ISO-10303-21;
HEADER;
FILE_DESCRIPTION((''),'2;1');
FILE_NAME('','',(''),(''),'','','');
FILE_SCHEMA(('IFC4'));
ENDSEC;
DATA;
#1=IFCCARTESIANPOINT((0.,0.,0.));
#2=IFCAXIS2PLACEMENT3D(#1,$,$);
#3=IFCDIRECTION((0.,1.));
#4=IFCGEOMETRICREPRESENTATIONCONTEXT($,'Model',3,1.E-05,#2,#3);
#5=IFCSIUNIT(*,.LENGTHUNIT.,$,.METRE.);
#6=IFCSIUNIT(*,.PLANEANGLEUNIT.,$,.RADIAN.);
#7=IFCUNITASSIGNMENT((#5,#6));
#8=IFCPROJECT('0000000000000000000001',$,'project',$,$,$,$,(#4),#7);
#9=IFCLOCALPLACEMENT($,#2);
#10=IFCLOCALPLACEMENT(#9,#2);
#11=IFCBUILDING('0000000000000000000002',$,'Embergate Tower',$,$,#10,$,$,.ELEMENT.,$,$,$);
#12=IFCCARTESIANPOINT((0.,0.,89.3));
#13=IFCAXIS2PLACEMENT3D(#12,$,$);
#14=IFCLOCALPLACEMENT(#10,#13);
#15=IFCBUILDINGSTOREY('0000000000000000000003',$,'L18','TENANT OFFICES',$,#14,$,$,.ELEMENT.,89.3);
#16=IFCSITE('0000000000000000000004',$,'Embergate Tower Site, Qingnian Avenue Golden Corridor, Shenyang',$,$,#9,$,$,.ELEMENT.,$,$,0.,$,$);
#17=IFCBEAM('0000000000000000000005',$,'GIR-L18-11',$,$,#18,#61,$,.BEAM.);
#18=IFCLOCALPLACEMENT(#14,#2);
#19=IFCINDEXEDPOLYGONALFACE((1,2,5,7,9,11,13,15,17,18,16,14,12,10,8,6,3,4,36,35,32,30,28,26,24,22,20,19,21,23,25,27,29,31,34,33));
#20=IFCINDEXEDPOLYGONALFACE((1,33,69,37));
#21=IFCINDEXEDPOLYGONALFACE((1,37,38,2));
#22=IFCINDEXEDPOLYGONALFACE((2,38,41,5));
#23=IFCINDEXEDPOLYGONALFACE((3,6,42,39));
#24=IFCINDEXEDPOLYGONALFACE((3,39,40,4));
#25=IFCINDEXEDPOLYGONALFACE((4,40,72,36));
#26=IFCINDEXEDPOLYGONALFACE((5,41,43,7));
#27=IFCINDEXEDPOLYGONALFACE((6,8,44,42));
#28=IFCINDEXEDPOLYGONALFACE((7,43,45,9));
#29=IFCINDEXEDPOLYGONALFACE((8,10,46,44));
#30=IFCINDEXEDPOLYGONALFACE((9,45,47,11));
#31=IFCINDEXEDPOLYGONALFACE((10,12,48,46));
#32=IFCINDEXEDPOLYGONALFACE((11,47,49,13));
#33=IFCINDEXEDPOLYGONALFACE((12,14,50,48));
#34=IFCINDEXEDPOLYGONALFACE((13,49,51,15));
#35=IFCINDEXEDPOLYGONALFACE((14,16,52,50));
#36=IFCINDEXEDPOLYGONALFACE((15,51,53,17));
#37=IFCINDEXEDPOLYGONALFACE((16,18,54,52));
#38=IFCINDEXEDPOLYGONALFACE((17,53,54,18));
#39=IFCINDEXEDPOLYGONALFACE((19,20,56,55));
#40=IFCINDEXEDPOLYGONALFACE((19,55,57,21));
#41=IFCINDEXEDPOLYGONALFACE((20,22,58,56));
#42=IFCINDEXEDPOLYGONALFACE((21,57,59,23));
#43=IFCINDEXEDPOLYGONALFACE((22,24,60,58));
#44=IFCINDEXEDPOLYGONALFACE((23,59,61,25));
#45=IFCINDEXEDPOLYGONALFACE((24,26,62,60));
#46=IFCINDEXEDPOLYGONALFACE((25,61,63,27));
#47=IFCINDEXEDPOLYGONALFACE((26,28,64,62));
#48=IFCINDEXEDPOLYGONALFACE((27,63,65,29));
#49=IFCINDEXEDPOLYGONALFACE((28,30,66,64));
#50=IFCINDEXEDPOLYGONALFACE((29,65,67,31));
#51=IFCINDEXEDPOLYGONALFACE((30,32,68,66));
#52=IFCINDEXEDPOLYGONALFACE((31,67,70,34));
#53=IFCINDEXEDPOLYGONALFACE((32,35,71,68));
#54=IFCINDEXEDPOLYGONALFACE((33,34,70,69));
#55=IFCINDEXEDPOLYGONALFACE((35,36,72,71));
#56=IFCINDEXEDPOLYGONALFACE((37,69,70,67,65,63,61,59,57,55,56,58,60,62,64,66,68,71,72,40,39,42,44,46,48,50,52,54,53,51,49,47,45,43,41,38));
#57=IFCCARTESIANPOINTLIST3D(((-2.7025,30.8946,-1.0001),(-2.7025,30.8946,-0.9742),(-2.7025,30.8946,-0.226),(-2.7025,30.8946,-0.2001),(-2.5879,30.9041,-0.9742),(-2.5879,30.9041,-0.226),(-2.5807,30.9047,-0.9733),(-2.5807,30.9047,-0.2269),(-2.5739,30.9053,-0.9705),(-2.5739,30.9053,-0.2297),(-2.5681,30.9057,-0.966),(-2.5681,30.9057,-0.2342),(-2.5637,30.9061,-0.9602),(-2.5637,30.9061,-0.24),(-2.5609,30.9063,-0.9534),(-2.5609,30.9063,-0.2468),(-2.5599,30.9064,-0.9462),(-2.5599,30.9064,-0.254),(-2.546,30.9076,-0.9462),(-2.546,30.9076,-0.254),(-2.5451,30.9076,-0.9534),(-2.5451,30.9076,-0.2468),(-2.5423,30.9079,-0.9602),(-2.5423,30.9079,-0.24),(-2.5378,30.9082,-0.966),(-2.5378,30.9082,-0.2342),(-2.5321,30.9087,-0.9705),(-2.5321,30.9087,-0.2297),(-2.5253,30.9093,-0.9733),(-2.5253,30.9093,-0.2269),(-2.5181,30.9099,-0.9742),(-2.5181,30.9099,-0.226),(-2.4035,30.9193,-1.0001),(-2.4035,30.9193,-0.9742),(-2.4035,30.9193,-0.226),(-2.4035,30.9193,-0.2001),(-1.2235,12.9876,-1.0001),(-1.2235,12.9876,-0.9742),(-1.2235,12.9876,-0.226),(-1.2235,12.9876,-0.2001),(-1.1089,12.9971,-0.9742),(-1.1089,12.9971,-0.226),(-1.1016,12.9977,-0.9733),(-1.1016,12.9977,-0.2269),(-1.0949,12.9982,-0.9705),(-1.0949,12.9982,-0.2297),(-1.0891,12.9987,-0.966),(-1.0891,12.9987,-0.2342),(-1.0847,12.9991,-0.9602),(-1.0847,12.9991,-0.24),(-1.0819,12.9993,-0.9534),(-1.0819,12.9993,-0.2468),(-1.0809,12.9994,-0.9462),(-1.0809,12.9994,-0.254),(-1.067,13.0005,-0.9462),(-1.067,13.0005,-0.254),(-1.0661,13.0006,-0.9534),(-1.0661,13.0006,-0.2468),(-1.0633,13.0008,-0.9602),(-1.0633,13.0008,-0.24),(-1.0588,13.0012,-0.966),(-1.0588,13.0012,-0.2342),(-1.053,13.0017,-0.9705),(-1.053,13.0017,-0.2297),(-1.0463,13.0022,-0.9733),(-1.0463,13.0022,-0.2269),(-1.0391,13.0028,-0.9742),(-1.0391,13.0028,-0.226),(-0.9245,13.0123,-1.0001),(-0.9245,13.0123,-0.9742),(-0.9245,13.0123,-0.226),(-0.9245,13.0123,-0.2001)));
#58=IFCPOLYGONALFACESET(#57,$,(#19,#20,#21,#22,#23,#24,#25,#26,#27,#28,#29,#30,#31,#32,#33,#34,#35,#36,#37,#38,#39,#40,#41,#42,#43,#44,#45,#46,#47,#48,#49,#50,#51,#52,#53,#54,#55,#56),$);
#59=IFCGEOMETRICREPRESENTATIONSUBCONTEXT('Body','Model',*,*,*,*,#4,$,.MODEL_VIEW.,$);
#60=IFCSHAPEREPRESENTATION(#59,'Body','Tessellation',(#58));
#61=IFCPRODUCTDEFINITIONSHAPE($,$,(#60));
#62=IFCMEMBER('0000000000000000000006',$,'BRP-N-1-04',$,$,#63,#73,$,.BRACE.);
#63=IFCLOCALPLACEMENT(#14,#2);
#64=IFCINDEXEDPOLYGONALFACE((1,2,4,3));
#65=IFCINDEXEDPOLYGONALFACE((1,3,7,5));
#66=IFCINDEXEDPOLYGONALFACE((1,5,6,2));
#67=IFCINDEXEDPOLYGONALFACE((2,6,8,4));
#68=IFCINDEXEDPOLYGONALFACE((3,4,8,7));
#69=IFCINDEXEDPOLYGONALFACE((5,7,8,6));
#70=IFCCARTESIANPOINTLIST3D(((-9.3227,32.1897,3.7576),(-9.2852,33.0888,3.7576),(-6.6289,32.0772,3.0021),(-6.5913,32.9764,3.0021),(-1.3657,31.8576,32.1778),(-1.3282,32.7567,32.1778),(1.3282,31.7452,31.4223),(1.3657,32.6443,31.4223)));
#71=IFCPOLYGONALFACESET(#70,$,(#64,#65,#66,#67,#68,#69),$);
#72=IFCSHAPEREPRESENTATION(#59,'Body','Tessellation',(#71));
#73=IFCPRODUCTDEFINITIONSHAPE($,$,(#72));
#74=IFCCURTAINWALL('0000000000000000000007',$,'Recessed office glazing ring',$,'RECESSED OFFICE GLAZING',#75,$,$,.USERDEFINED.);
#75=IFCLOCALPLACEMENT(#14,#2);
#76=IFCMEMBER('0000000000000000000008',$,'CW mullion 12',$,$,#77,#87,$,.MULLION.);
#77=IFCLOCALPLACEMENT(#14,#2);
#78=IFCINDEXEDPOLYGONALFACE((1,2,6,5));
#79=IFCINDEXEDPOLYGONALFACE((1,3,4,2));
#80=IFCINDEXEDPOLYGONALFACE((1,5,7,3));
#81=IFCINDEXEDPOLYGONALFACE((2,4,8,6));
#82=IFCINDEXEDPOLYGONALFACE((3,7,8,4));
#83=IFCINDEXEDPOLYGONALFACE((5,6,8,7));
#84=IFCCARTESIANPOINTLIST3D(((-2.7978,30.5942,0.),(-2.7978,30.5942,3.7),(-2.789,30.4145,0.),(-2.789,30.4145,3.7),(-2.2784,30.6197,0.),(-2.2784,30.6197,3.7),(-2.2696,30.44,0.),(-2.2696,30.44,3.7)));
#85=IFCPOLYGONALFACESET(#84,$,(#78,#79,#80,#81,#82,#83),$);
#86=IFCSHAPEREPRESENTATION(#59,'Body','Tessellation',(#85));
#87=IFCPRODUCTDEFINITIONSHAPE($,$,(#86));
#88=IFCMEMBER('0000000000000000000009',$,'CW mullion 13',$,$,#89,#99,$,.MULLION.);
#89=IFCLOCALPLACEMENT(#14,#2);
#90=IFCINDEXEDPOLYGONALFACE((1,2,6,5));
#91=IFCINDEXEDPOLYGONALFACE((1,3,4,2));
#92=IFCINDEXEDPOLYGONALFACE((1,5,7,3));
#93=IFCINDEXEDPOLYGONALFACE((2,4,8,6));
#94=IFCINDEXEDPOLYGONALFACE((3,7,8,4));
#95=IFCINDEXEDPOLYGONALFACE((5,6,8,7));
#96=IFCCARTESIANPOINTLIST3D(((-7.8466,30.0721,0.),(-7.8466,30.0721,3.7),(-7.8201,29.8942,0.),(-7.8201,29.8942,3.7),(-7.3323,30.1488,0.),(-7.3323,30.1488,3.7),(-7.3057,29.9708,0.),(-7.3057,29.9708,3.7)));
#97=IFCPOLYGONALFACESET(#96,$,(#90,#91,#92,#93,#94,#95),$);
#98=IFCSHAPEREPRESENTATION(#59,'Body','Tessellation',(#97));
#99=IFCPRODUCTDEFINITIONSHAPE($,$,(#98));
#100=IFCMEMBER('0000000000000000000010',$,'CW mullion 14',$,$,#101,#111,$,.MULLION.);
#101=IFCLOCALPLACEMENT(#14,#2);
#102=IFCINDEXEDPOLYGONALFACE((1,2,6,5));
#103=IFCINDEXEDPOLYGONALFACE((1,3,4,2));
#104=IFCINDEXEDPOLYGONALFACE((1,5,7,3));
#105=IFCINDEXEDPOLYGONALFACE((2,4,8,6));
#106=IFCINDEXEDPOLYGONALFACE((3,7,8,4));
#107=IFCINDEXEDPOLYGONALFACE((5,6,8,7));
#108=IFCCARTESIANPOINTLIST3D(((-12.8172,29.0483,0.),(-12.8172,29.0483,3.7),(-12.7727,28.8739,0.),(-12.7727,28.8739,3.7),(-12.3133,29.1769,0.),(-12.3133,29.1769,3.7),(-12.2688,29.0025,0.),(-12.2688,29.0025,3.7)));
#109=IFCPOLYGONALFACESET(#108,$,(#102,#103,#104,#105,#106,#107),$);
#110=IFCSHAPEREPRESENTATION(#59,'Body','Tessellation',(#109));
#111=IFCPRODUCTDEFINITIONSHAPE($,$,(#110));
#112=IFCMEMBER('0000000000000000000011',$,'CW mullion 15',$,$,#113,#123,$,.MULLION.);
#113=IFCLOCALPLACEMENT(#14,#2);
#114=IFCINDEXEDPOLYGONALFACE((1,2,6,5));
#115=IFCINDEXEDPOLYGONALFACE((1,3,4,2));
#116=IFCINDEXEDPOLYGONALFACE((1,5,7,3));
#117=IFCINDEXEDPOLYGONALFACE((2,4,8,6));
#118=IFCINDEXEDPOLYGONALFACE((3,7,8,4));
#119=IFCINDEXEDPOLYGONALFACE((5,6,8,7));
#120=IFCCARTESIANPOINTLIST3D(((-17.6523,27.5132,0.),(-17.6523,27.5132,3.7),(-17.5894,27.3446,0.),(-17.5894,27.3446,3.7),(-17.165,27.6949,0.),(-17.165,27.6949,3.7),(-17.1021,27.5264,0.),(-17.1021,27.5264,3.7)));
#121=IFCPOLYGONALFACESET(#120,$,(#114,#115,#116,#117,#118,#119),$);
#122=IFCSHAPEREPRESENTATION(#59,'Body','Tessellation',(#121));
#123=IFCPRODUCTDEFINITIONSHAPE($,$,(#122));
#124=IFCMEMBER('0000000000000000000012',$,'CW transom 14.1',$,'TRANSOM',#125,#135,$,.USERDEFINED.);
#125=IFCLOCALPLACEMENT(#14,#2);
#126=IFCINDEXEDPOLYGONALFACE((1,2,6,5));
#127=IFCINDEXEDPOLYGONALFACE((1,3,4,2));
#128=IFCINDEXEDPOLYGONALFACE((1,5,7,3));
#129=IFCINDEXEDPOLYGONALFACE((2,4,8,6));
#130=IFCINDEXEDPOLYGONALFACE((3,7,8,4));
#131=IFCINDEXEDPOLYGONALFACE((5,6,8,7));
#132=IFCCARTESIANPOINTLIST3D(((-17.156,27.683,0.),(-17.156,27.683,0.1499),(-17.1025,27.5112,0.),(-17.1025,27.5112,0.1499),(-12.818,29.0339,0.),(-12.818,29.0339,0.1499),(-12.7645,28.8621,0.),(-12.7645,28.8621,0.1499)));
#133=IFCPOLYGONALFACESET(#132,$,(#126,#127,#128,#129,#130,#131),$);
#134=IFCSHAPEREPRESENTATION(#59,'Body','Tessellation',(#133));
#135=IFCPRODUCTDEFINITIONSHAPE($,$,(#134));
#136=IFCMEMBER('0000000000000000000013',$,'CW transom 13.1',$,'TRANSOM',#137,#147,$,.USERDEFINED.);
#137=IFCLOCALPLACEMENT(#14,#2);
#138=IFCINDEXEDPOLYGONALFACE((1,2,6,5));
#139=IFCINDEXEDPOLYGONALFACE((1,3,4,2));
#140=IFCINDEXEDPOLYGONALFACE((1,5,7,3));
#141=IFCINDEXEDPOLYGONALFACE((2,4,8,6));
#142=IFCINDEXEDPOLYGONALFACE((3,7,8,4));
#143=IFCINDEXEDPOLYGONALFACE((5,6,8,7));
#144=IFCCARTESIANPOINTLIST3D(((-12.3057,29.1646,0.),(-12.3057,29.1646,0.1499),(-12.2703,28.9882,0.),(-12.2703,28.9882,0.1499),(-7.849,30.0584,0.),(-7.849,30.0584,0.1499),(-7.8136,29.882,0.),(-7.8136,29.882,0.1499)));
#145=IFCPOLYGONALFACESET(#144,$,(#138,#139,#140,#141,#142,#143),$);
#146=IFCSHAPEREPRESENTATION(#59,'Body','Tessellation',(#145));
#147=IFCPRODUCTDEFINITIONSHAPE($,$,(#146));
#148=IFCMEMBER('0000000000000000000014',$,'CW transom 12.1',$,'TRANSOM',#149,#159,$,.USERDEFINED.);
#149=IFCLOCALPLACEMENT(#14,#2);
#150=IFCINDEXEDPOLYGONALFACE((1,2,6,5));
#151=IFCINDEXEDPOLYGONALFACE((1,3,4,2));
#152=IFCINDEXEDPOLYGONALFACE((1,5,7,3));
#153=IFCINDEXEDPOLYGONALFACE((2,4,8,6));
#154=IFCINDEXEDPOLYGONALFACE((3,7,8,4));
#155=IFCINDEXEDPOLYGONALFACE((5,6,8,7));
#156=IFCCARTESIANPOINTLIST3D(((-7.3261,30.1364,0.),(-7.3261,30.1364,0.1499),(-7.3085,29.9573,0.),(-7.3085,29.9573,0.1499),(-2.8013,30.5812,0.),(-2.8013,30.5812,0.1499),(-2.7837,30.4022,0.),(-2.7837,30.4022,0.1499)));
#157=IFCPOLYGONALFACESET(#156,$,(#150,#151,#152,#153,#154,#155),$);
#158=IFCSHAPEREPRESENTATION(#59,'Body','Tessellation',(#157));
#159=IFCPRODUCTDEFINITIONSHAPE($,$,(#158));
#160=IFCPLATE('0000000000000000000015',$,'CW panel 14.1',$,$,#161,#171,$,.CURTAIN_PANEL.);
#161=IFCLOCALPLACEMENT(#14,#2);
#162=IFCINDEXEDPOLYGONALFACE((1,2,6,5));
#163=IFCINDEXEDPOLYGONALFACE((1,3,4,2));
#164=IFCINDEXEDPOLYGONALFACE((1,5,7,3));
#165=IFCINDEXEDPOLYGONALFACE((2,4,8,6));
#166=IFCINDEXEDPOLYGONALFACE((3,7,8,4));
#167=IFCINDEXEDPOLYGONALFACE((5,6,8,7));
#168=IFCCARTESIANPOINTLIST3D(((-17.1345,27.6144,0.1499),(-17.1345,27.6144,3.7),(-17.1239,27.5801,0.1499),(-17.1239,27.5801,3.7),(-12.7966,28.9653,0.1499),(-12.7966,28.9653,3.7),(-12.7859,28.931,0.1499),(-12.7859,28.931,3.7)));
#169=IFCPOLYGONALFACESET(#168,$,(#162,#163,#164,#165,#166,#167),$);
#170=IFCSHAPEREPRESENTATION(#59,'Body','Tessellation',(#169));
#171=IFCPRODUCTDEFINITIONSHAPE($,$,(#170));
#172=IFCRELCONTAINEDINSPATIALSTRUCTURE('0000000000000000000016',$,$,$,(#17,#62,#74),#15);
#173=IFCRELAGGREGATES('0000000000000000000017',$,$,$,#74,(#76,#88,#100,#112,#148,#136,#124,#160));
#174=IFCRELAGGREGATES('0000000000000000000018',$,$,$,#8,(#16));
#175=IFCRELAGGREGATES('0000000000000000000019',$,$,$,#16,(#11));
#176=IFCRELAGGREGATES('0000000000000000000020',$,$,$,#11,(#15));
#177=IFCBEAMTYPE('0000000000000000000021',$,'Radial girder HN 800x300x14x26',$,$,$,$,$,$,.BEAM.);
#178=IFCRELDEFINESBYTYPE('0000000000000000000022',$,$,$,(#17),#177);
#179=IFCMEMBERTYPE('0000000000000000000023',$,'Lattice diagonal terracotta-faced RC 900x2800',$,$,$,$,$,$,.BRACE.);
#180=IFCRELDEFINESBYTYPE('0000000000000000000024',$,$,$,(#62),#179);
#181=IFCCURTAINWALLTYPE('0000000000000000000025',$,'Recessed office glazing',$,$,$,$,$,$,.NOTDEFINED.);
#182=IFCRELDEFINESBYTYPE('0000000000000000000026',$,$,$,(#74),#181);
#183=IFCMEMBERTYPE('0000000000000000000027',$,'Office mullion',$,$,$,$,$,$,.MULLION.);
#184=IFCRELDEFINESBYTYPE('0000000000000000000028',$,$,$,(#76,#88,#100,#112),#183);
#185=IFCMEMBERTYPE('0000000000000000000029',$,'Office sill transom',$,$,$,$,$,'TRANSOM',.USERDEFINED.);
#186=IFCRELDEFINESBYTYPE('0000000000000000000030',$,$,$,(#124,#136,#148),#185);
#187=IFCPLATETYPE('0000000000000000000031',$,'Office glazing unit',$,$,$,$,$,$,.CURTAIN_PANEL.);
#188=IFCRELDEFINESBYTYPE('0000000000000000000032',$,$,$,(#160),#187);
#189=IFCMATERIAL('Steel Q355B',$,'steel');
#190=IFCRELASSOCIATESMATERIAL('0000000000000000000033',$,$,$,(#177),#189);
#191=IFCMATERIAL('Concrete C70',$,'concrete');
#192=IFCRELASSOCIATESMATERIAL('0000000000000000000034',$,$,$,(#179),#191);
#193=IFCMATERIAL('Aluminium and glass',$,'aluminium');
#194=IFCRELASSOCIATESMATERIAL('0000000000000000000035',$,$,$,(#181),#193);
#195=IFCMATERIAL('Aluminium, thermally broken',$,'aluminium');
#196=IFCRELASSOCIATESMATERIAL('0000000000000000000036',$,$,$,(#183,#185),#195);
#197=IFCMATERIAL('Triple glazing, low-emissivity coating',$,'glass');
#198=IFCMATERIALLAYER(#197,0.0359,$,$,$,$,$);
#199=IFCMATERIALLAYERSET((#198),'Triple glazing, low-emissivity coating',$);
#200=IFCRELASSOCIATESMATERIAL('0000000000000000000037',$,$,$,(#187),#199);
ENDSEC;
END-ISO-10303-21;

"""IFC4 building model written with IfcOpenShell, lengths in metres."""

from ifc_helpers import new_model, si_unit, direction, frame, origin, origin_2d, place, context, subcontext, project, spatial, rectangle, i_section, extrude, source, transform, mapped, material, layer, layer_set, material_profile, profile_set, type_object, element, aggregate, save


model = new_model("IFC4")

# Units and contexts
model_context = context("Model", 3, precision=1e-05, world=origin(), true_north=direction((0.0, 1.0)))
body_context = subcontext(model_context, "Body", "Model", "MODEL_VIEW")
ifc_project = project(units=[si_unit("LENGTHUNIT", "METRE"), si_unit("PLANEANGLEUNIT", "RADIAN")], contexts=[model_context])

# Site, building, storey
site_placement = place(None, origin())
site = spatial("IfcSite", under=ifc_project, at=site_placement, Name="Embergate Tower Site, Qingnian Avenue Golden Corridor, Shenyang", CompositionType="ELEMENT", RefElevation=0.0)
building_placement = place(site_placement, origin())
building = spatial("IfcBuilding", under=site, at=building_placement, Name="Embergate Tower", CompositionType="ELEMENT")
storey_placement = place(building_placement, frame((0.0, 0.0, 89.3)))
storey = spatial("IfcBuildingStorey", under=building, at=storey_placement, Name="L18", Description="TENANT OFFICES", CompositionType="ELEMENT", Elevation=89.3)

# Shared definitions
ifc_material_1 = material(Name="Concrete C70", Category="concrete")

# Beam
ifc_material_2 = material(Name="Steel Q355B", Category="steel")
ifc_material_profile_1 = material_profile(ifc_material_2, i_section(OverallWidth=0.3, OverallDepth=0.8, WebThickness=0.0139, FlangeThickness=0.0259, FilletRadius=0.0281, at=origin_2d()), Name="HN 800x300x14x26")
ifc_profile_set_1 = profile_set([ifc_material_profile_1], Name="Steel Q355 grade B")
beam_type_1 = type_object("IfcBeamType", Name="Radial girder HN 800x300x14x26", PredefinedType="BEAM", material=ifc_profile_set_1)
shared_shape_1 = source(origin(), body_context, "Body", "SweptSolid", [
    extrude(i_section(OverallWidth=0.3, OverallDepth=0.8, WebThickness=0.0139, FlangeThickness=0.0259, FilletRadius=0.0281, at=origin_2d()), origin(), (0.0, 0.0, 1.0), 17.968),
])
beam_1_placement = place(storey_placement, frame((-2.553, 30.907, -0.6001), z_axis=(0.082313, -0.996606, 0.0), x_axis=(0.996606, 0.082313, 0.0)))
element("IfcBeam", 1, at=beam_1_placement, inside=storey, type_object=beam_type_1, Name="GIR-L18-11", PredefinedType="BEAM", context=body_context, shape_type="MappedRepresentation", body=[
    mapped(shared_shape_1, transform((0.0, 0.0, 0.0))),
])

# Member
ifc_material_profile_2 = material_profile(ifc_material_1, rectangle(XDim=0.8999, YDim=2.8, at=origin_2d()), Name="RC 900x2800")
ifc_profile_set_2 = profile_set([ifc_material_profile_2], Name="Concrete C70")
member_type_1 = type_object("IfcMemberType", Name="Lattice diagonal terracotta-faced RC 900x2800", PredefinedType="BRACE", material=ifc_profile_set_2)
shared_shape_2 = source(origin(), body_context, "Body", "SweptSolid", [
    extrude(rectangle(XDim=0.8999, YDim=2.8, at=origin_2d()), origin(), (0.0, 0.0, 1.0), 29.5149),
])
member_1_placement = place(storey_placement, frame((-7.957, 32.583, 3.3799), z_axis=(0.269594, -0.01125, 0.962908), x_axis=(0.041692, 0.999131, 0.0)))
element("IfcMember", 2, at=member_1_placement, inside=storey, type_object=member_type_1, Name="BRP-N-1-04", PredefinedType="BRACE", context=body_context, shape_type="MappedRepresentation", body=[
    mapped(shared_shape_2, transform((0.0, 0.0, 0.0))),
])

# Curtain wall, members, plate
ifc_material_3 = material(Name="Aluminium and glass", Category="aluminium")
curtain_wall_type = type_object("IfcCurtainWallType", Name="Recessed office glazing", PredefinedType="NOTDEFINED", material=ifc_material_3)
curtain_wall_placement = place(storey_placement, origin())
curtain_wall = element("IfcCurtainWall", 3, at=curtain_wall_placement, inside=storey, type_object=curtain_wall_type, Name="Recessed office glazing ring", ObjectType="RECESSED OFFICE GLAZING", PredefinedType="USERDEFINED")
ifc_material_4 = material(Name="Aluminium, thermally broken", Category="aluminium")
ifc_material_profile_3 = material_profile(ifc_material_4, rectangle(XDim=0.1799, YDim=0.52, at=origin_2d()), Name="AL 520x180")
ifc_profile_set_3 = profile_set([ifc_material_profile_3], Name="Aluminium, thermally broken")
member_type_2 = type_object("IfcMemberType", Name="Office mullion", PredefinedType="MULLION", material=ifc_profile_set_3)
shared_shape_3 = source(origin(), body_context, "Body", "SweptSolid", [
    extrude(rectangle(XDim=0.1799, YDim=0.52, at=origin_2d()), origin(), (0.0, 0.0, 1.0), 3.7),
])
member_2_placement = place(storey_placement, frame((-2.5337, 30.5171, 0.0), z_axis=(0.0, 0.0, 1.0), x_axis=(0.048972, -0.9988, 0.0)))
member_2 = element("IfcMember", 4, at=member_2_placement, type_object=member_type_2, Name="CW mullion 12", PredefinedType="MULLION", context=body_context, shape_type="MappedRepresentation", body=[
    mapped(shared_shape_3, transform((0.0, 0.0, 0.0))),
])
member_3_placement = place(storey_placement, frame((-7.5762, 30.0215, 0.0), z_axis=(0.0, 0.0, 1.0), x_axis=(0.147412, -0.989075, 0.0)))
member_3 = element("IfcMember", 5, at=member_3_placement, type_object=member_type_2, Name="CW mullion 13", PredefinedType="MULLION", context=body_context, shape_type="MappedRepresentation", body=[
    mapped(shared_shape_3, transform((0.0, 0.0, 0.0))),
])
member_4_placement = place(storey_placement, frame((-12.543, 29.0254, 0.0), z_axis=(0.0, 0.0, 1.0), x_axis=(0.247312, -0.968936, 0.0)))
member_4 = element("IfcMember", 6, at=member_4_placement, type_object=member_type_2, Name="CW mullion 14", PredefinedType="MULLION", context=body_context, shape_type="MappedRepresentation", body=[
    mapped(shared_shape_3, transform((0.0, 0.0, 0.0))),
])
member_5_placement = place(storey_placement, frame((-17.3772, 27.5198, 0.0), z_axis=(0.0, 0.0, 1.0), x_axis=(0.349503, -0.936935, 0.0)))
member_5 = element("IfcMember", 7, at=member_5_placement, type_object=member_type_2, Name="CW mullion 15", PredefinedType="MULLION", context=body_context, shape_type="MappedRepresentation", body=[
    mapped(shared_shape_3, transform((0.0, 0.0, 0.0))),
])
ifc_material_profile_4 = material_profile(ifc_material_4, rectangle(XDim=0.1799, YDim=0.1499, at=origin_2d()), Name="AL 150x180")
ifc_profile_set_4 = profile_set([ifc_material_profile_4], Name="Aluminium, thermally broken")
member_type_3 = type_object("IfcMemberType", Name="Office sill transom", ElementType="TRANSOM", PredefinedType="USERDEFINED", material=ifc_profile_set_4)
shared_shape_4 = source(origin(), body_context, "Body", "SweptSolid", [
    extrude(rectangle(XDim=0.1799, YDim=0.1499, at=origin_2d()), origin(), (0.0, 0.0, 1.0), 4.5435),
])
member_6_placement = place(storey_placement, frame((-12.7913, 28.948, 0.075), z_axis=(-0.954778, -0.29732, 0.0), x_axis=(0.29732, -0.954778, 0.0)))
member_6 = element("IfcMember", 8, at=member_6_placement, type_object=member_type_3, Name="CW transom 14.1", ObjectType="TRANSOM", PredefinedType="USERDEFINED", context=body_context, shape_type="MappedRepresentation", body=[
    mapped(shared_shape_4, transform((0.0, 0.0, 0.0))),
])
shared_shape_5 = source(origin(), body_context, "Body", "SweptSolid", [
    extrude(rectangle(XDim=0.1799, YDim=0.1499, at=origin_2d()), origin(), (0.0, 0.0, 1.0), 4.5454),
])
member_7_placement = place(storey_placement, frame((-7.8313, 29.9702, 0.075), z_axis=(-0.980477, -0.196633, 0.0), x_axis=(0.196633, -0.980477, 0.0)))
member_7 = element("IfcMember", 9, at=member_7_placement, type_object=member_type_3, Name="CW transom 13.1", ObjectType="TRANSOM", PredefinedType="USERDEFINED", context=body_context, shape_type="MappedRepresentation", body=[
    mapped(shared_shape_5, transform((0.0, 0.0, 0.0))),
])
shared_shape_6 = source(origin(), body_context, "Body", "SweptSolid", [
    extrude(rectangle(XDim=0.1799, YDim=0.1499, at=origin_2d()), origin(), (0.0, 0.0, 1.0), 4.5466),
])
member_8_placement = place(storey_placement, frame((-2.7925, 30.4917, 0.075), z_axis=(-0.995203, -0.097834, 0.0), x_axis=(0.097834, -0.995203, 0.0)))
member_8 = element("IfcMember", 10, at=member_8_placement, type_object=member_type_3, Name="CW transom 12.1", ObjectType="TRANSOM", PredefinedType="USERDEFINED", context=body_context, shape_type="MappedRepresentation", body=[
    mapped(shared_shape_6, transform((0.0, 0.0, 0.0))),
])
ifc_material_5 = material(Name="Triple glazing, low-emissivity coating", Category="glass")
ifc_layer_1 = layer(ifc_material_5, 0.0359)
ifc_layer_set_1 = layer_set([ifc_layer_1], Name="Triple glazing, low-emissivity coating")
plate_type = type_object("IfcPlateType", Name="Office glazing unit", PredefinedType="CURTAIN_PANEL", material=ifc_layer_set_1)
shared_shape_7 = source(origin(), body_context, "Body", "SweptSolid", [
    extrude(rectangle(XDim=4.5435, YDim=0.0359, at=origin_2d()), origin(), (0.0, 0.0, 1.0), 3.55),
])
plate_1_placement = place(storey_placement, frame((-14.9602, 28.2727, 0.1499), z_axis=(0.0, 0.0, 1.0), x_axis=(-0.954772, -0.297338, 0.0)))
plate_1 = element("IfcPlate", 11, at=plate_1_placement, type_object=plate_type, Name="CW panel 14.1", PredefinedType="CURTAIN_PANEL", context=body_context, shape_type="MappedRepresentation", body=[
    mapped(shared_shape_7, transform((0.0, 0.0, 0.0))),
])
aggregate(curtain_wall, [member_2, member_3, member_4, member_5, member_8, member_7, member_6, plate_1])

save(model, "model.ifc")
